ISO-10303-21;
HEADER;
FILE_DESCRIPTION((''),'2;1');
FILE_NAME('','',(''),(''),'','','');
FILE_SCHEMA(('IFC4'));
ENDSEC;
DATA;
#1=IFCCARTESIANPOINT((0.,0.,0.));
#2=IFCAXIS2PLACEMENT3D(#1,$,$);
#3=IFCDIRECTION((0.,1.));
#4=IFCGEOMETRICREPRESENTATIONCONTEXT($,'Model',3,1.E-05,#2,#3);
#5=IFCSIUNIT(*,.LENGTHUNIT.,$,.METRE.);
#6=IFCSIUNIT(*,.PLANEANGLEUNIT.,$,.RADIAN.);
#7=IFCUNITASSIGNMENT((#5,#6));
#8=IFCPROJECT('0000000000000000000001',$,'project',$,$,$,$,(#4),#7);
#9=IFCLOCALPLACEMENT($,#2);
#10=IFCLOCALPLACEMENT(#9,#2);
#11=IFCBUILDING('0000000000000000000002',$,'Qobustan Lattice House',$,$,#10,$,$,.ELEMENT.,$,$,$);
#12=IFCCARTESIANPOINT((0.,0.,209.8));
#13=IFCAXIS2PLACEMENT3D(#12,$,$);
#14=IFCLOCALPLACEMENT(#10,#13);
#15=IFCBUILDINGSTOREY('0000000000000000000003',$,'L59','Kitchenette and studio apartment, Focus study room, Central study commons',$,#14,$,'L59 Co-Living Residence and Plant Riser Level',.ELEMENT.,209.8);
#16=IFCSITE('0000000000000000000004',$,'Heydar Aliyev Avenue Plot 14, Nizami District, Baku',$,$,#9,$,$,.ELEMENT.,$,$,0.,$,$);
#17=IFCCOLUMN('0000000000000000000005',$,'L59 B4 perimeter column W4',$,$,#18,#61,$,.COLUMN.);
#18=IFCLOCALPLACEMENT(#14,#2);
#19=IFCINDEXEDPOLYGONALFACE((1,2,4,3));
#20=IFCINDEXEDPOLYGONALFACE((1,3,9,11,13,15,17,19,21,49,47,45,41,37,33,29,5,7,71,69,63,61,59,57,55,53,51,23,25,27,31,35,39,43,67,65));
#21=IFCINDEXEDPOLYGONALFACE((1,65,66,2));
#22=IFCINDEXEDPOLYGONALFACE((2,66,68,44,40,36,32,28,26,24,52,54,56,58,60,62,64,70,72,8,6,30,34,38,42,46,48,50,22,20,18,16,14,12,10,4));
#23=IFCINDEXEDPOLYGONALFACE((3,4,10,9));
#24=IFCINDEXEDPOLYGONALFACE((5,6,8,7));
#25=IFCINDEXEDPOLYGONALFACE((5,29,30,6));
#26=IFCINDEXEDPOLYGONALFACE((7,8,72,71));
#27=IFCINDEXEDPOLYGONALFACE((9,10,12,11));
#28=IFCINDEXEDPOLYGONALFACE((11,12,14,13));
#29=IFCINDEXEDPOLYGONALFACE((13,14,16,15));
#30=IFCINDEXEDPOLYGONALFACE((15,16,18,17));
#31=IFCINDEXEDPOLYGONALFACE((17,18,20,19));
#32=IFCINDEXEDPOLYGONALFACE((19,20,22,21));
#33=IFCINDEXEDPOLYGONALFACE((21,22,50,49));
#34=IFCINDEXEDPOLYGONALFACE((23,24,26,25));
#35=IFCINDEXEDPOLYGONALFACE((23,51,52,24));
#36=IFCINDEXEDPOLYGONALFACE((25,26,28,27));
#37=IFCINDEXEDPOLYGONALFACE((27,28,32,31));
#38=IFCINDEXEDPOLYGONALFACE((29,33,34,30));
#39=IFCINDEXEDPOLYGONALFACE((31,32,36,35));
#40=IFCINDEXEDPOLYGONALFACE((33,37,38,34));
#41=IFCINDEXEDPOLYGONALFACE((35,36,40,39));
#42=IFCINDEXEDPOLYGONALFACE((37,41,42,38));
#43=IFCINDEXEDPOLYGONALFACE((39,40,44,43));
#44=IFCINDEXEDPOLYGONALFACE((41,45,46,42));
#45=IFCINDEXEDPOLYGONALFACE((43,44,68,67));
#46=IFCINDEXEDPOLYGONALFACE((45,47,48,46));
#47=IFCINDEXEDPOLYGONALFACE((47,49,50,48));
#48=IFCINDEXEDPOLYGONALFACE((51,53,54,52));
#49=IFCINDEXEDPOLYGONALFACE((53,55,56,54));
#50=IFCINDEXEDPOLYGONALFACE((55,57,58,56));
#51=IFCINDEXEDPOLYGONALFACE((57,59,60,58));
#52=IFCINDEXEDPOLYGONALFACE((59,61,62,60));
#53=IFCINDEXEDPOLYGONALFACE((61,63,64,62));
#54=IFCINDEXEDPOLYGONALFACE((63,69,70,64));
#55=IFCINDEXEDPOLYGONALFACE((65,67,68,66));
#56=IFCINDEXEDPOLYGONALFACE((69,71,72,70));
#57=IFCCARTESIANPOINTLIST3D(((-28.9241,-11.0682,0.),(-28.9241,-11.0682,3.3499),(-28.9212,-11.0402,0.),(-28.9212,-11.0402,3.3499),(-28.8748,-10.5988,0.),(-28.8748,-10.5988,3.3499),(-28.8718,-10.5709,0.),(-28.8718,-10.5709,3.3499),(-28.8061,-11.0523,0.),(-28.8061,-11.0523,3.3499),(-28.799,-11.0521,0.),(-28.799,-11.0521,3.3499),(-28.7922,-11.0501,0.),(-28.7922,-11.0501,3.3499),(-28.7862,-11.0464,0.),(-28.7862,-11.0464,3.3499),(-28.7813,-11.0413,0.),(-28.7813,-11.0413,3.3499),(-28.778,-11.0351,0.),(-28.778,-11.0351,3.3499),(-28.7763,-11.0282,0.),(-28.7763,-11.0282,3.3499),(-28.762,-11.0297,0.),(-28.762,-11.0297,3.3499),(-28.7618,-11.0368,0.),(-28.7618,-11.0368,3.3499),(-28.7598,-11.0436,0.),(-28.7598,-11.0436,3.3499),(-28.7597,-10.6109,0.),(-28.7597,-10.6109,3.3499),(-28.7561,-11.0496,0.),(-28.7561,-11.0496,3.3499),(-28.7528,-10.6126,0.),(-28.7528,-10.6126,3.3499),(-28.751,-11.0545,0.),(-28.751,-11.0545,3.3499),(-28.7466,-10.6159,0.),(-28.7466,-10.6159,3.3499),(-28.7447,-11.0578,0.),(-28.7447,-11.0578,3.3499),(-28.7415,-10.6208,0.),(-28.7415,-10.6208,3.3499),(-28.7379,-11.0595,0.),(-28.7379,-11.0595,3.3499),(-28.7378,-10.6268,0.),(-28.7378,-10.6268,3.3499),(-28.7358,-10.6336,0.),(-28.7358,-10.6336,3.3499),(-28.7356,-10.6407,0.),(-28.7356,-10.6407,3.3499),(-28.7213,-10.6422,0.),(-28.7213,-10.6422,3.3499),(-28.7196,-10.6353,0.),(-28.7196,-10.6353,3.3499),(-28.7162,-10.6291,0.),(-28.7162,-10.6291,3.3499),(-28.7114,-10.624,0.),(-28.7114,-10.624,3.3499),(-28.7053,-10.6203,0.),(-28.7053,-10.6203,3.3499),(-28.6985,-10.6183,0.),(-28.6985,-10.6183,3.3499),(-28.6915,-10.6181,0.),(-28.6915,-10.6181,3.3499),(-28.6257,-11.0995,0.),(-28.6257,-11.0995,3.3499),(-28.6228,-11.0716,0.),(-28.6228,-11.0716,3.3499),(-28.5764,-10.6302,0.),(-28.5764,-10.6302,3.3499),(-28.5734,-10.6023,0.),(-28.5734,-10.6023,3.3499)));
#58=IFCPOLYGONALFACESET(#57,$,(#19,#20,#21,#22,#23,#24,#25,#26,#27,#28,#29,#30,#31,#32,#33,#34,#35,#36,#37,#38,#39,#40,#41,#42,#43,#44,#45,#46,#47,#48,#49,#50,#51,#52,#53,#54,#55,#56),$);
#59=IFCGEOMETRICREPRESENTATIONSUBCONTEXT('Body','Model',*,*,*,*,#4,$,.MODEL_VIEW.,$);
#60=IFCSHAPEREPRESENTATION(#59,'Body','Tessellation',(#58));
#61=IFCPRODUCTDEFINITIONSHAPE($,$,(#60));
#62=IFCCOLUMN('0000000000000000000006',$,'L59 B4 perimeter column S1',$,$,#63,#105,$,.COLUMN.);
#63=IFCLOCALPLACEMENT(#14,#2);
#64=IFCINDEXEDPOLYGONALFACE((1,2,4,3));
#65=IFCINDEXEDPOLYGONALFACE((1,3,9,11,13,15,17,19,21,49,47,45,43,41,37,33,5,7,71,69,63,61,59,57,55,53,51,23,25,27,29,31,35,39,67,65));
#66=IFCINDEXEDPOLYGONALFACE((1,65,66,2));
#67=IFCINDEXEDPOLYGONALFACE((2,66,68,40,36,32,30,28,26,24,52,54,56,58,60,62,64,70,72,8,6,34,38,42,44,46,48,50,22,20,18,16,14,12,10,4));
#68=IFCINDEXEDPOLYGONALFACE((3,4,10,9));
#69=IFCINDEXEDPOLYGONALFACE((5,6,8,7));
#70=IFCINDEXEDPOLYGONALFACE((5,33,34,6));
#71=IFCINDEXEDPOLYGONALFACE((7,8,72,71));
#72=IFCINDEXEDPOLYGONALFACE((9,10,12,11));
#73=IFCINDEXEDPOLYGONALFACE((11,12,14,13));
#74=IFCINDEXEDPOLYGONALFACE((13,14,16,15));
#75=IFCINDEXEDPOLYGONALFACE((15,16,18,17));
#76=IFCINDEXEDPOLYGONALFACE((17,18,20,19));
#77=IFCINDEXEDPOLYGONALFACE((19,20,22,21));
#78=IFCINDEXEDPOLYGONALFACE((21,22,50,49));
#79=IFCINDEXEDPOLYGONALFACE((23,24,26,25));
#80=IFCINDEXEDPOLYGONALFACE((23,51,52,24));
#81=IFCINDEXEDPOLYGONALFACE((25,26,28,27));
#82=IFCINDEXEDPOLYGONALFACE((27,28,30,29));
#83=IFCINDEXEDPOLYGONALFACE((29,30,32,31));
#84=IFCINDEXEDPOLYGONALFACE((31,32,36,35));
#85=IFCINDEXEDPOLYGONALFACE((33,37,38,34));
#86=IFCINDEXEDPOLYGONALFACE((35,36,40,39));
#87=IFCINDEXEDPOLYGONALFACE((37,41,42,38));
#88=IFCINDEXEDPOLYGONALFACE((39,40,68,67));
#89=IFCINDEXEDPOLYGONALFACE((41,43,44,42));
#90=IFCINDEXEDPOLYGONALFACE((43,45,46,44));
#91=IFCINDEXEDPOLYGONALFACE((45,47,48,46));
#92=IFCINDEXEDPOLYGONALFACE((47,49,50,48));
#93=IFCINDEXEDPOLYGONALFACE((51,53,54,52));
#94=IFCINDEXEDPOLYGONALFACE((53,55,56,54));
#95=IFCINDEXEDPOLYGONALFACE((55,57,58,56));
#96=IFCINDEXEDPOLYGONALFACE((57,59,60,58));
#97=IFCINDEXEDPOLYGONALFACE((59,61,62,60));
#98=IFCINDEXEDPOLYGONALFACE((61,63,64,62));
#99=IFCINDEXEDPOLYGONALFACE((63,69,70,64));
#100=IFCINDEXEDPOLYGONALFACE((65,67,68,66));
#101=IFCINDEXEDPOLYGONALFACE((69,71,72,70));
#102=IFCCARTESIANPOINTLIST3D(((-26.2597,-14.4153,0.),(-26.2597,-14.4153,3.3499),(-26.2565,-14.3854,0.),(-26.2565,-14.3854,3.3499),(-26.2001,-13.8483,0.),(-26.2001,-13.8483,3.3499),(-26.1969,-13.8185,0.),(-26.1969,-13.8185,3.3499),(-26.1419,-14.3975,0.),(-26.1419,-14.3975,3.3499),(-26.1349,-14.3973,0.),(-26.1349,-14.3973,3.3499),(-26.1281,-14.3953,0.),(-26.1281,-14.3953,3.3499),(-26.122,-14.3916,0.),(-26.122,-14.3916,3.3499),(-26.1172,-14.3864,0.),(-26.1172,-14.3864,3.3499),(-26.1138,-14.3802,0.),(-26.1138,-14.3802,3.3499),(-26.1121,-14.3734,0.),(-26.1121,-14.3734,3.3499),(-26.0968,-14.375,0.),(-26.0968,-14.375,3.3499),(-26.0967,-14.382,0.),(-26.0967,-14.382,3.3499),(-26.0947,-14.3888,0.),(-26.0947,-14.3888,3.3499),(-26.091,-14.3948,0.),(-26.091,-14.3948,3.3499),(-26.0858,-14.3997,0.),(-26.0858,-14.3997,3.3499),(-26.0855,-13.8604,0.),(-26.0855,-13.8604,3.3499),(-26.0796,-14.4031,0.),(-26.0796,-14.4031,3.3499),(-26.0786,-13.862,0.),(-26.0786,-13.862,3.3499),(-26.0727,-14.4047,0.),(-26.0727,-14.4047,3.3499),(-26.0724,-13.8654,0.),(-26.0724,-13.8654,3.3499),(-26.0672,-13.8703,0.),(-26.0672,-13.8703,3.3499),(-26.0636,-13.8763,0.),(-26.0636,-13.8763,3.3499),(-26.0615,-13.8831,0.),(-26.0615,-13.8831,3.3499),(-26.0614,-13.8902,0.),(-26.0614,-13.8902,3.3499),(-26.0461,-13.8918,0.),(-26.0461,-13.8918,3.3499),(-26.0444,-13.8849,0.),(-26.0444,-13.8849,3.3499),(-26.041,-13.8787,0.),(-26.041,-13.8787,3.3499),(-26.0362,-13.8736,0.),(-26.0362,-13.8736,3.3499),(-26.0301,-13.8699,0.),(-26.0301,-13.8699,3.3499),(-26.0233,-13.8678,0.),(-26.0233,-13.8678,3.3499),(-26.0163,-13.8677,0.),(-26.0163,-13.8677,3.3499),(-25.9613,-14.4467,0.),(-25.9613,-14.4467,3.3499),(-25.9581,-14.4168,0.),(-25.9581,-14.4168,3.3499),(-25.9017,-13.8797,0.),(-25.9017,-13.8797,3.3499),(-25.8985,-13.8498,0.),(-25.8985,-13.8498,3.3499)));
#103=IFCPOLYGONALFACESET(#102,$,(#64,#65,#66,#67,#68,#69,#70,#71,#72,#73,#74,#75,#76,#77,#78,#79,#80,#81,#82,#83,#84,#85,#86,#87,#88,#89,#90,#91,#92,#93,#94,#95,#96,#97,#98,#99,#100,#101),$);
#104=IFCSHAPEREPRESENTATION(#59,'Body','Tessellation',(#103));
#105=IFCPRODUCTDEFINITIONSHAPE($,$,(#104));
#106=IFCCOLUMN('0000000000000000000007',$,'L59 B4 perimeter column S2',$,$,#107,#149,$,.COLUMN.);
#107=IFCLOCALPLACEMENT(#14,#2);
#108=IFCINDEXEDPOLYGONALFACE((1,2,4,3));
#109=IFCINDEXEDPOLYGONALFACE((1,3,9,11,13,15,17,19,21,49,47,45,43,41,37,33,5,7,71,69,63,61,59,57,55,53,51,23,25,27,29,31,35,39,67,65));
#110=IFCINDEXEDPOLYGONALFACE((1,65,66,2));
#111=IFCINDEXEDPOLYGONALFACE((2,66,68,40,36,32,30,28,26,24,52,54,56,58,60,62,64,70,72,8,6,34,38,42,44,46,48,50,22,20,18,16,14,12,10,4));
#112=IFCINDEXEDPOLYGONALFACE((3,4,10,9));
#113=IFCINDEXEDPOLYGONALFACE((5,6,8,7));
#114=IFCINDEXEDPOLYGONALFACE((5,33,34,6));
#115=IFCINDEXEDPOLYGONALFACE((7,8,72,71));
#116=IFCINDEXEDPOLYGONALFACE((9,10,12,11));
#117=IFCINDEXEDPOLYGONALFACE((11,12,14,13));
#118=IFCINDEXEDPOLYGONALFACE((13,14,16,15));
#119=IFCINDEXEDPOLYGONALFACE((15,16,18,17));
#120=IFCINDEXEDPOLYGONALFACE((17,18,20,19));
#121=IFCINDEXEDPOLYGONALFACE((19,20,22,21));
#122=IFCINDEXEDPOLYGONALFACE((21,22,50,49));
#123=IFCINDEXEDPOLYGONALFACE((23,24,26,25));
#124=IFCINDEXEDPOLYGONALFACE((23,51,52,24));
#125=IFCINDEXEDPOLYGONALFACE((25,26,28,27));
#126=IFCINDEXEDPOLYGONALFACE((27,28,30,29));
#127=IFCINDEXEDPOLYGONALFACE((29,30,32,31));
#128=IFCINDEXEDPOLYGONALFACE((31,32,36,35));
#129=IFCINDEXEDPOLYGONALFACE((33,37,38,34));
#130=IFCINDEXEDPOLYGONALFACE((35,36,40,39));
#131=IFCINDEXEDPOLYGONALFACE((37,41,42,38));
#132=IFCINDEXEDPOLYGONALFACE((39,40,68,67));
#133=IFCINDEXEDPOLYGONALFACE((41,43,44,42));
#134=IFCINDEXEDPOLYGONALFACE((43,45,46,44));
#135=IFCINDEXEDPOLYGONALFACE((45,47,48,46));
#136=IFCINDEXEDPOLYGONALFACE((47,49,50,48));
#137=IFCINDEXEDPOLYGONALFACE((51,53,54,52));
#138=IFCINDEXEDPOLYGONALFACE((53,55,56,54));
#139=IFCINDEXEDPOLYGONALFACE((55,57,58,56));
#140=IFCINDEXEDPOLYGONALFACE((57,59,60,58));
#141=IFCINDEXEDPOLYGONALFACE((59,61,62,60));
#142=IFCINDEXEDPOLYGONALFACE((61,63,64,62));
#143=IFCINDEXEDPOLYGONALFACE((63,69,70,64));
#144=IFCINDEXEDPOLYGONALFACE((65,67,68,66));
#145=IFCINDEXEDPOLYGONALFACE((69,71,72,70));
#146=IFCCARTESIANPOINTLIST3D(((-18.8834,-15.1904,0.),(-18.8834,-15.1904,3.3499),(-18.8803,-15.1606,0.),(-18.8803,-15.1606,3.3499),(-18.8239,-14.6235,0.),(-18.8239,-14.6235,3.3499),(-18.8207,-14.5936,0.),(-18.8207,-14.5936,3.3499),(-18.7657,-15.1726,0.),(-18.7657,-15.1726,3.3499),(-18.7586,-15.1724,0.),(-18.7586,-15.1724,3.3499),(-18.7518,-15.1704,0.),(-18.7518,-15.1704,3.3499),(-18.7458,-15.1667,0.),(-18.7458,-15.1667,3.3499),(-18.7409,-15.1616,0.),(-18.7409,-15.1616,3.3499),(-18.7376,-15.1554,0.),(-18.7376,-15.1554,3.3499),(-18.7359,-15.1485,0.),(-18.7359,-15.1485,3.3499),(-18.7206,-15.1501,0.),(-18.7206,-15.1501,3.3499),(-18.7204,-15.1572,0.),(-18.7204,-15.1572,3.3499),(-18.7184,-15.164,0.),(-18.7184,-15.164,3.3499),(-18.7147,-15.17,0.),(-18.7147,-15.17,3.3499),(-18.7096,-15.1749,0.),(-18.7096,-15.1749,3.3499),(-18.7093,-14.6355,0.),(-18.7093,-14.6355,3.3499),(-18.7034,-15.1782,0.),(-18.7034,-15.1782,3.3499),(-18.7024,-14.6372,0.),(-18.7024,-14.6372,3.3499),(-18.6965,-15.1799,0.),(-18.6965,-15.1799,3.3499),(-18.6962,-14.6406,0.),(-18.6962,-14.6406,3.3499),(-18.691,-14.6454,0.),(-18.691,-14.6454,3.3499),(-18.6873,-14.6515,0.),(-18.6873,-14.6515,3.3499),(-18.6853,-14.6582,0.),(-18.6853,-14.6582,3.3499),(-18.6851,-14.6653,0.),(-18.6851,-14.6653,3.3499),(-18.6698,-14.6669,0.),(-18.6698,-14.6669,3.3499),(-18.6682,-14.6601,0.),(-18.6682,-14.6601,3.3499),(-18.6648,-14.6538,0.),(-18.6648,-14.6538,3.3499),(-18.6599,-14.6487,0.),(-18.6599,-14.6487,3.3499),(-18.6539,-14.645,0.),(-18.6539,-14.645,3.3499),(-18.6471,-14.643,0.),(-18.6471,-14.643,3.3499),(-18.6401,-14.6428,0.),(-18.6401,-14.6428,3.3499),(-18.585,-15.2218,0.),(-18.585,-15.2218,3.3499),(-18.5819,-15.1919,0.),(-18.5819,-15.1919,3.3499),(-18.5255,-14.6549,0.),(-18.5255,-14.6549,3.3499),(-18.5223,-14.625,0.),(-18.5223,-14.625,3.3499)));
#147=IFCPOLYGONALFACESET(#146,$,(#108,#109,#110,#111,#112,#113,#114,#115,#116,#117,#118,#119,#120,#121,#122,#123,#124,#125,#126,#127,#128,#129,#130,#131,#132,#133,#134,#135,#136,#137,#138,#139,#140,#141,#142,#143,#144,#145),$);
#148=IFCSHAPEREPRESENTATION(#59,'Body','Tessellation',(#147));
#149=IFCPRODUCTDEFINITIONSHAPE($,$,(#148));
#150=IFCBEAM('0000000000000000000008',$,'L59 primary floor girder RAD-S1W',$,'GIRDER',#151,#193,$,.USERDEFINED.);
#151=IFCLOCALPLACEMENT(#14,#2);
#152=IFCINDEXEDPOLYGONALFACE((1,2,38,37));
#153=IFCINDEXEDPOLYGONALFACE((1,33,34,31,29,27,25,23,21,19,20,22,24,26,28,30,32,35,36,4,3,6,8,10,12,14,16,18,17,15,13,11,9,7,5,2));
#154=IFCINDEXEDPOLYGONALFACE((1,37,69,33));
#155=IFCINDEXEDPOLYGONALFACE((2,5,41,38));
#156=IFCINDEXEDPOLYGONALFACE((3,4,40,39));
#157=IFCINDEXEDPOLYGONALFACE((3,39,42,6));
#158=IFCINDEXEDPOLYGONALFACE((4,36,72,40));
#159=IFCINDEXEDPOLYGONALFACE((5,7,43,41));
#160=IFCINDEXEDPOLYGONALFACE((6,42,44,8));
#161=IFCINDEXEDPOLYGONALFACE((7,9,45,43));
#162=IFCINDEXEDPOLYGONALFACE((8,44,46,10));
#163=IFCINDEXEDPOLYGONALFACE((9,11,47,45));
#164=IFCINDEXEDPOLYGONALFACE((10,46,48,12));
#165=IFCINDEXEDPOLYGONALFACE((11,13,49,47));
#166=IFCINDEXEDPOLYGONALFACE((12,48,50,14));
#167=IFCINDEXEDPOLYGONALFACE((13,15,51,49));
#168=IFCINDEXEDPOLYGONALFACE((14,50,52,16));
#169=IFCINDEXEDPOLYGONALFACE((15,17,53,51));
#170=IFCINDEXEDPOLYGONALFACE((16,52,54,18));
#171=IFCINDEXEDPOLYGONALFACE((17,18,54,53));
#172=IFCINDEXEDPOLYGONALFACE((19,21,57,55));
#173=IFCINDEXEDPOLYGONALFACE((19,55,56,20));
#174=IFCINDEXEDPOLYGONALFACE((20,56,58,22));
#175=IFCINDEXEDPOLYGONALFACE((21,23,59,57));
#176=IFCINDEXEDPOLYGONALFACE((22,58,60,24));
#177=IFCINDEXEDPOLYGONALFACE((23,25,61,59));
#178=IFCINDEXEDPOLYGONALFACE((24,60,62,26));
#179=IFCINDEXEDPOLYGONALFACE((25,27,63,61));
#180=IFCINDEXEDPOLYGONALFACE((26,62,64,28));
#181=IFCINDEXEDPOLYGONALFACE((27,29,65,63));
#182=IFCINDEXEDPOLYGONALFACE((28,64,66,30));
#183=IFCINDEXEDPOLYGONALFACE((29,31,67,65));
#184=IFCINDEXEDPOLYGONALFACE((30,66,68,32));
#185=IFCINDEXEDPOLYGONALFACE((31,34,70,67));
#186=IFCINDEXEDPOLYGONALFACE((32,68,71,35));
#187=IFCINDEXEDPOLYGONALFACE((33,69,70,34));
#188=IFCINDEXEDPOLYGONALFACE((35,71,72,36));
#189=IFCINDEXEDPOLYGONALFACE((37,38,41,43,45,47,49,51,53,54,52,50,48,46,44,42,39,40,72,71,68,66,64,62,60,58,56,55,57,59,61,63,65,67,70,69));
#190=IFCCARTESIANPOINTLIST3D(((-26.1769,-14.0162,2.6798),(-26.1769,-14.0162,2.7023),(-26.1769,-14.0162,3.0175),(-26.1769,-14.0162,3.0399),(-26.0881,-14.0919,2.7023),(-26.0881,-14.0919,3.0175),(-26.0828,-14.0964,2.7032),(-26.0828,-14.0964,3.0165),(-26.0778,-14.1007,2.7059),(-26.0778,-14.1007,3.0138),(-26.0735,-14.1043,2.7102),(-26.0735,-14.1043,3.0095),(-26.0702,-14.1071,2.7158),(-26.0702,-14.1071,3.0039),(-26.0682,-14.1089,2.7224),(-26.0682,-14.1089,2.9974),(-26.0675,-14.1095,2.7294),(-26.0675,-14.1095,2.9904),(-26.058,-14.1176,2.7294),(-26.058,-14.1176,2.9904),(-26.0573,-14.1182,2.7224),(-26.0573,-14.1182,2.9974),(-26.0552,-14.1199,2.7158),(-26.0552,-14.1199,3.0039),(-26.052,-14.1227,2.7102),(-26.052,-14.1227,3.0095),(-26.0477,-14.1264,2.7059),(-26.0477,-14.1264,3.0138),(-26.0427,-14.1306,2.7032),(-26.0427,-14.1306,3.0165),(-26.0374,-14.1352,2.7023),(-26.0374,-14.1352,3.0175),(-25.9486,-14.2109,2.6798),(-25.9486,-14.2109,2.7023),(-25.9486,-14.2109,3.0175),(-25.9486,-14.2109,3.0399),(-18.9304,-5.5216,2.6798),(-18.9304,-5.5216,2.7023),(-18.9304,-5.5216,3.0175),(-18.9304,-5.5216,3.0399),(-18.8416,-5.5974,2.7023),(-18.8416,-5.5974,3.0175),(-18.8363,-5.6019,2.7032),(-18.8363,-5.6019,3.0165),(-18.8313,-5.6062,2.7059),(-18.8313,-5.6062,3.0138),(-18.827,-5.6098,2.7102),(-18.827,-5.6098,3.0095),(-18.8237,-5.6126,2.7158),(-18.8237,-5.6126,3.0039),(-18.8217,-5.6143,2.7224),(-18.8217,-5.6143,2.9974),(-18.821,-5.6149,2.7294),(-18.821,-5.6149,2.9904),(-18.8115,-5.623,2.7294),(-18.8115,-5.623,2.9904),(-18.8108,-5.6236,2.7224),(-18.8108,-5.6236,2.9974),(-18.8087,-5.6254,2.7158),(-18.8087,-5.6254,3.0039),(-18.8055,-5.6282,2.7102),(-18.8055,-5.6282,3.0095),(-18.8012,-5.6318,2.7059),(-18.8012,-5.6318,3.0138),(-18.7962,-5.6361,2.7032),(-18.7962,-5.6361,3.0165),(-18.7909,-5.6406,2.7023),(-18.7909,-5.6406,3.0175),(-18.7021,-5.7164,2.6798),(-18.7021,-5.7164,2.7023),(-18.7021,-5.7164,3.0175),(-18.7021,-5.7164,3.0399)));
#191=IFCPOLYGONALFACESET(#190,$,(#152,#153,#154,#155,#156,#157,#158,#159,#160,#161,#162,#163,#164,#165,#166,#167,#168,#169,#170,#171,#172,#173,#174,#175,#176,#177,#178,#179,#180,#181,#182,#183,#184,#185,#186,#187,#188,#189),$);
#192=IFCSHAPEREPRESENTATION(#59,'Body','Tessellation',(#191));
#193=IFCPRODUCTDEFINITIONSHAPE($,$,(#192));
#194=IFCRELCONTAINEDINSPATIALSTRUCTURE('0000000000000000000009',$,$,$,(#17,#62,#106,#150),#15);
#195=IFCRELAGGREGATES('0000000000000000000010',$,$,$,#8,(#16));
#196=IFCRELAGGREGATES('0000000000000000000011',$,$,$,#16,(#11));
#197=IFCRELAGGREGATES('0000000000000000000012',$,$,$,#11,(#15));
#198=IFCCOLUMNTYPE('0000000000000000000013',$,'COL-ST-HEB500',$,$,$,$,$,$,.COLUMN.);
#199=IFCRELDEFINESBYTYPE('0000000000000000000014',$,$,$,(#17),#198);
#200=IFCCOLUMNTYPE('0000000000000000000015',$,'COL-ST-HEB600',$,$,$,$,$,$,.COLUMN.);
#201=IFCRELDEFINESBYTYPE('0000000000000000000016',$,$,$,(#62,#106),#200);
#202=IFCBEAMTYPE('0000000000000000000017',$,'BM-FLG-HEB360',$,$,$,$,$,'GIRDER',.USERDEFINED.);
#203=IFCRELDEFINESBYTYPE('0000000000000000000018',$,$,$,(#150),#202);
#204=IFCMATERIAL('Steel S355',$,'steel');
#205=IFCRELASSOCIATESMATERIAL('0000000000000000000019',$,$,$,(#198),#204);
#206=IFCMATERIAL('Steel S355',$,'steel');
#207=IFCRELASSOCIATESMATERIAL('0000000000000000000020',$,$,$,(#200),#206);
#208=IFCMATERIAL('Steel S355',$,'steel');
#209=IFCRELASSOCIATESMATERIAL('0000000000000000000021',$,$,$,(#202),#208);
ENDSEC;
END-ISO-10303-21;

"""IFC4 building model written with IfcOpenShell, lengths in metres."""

from ifc_helpers import new_model, si_unit, direction, frame, origin, origin_2d, place, context, subcontext, project, spatial, i_section, extrude, material, material_profile, profile_set, type_object, element, save


model = new_model("IFC4")

# Units and contexts
model_context = context("Model", 3, precision=1e-05, world=origin(), true_north=direction((0.0, 1.0)))
body_context = subcontext(model_context, "Body", "Model", "MODEL_VIEW")
ifc_project = project(units=[si_unit("LENGTHUNIT", "METRE"), si_unit("PLANEANGLEUNIT", "RADIAN")], contexts=[model_context])

# Site, building, storey
site_placement = place(None, origin())
site = spatial("IfcSite", under=ifc_project, at=site_placement, Name="Heydar Aliyev Avenue Plot 14, Nizami District, Baku", CompositionType="ELEMENT", RefElevation=0.0)
building_placement = place(site_placement, origin())
building = spatial("IfcBuilding", under=site, at=building_placement, Name="Qobustan Lattice House", CompositionType="ELEMENT")
storey_placement = place(building_placement, frame((0.0, 0.0, 209.8)))
storey = spatial("IfcBuildingStorey", under=building, at=storey_placement, Name="L59", Description="Kitchenette and studio apartment, Focus study room, Central study commons", LongName="L59 Co-Living Residence and Plant Riser Level", CompositionType="ELEMENT", Elevation=209.8)

# Columns
ifc_material_1 = material(Name="Steel S355", Category="steel")
ifc_material_profile_1 = material_profile(ifc_material_1, i_section(OverallWidth=0.3, OverallDepth=0.5, WebThickness=0.0144, FlangeThickness=0.0281, FilletRadius=0.0271, at=origin_2d()), Name="HEB500")
ifc_profile_set_1 = profile_set([ifc_material_profile_1], Name="Steel S355")
column_type_1 = type_object("IfcColumnType", Name="COL-ST-HEB500", PredefinedType="COLUMN", material=ifc_profile_set_1)
column_placement = place(storey_placement, frame((-28.7488, -10.8352, 0.0), z_axis=(0.0, 0.0, 1.0), x_axis=(0.994522, -0.104528, 0.0)))
element("IfcColumn", 1, at=column_placement, inside=storey, type_object=column_type_1, Name="L59 B4 perimeter column W4", PredefinedType="COLUMN", context=body_context, shape_type="SweptSolid", body=[
    extrude(i_section(OverallWidth=0.3, OverallDepth=0.5, WebThickness=0.0144, FlangeThickness=0.0281, FilletRadius=0.0271, at=origin_2d()), origin(), (0.0, 0.0, 1.0), 3.3499),
])
ifc_material_2 = material(Name="Steel S355", Category="steel")
ifc_material_profile_2 = material_profile(ifc_material_2, i_section(OverallWidth=0.3, OverallDepth=0.6001, WebThickness=0.0154, FlangeThickness=0.03, FilletRadius=0.0271, at=origin_2d()), Name="HEB600")
ifc_profile_set_2 = profile_set([ifc_material_profile_2], Name="Steel S355")
column_type_2 = type_object("IfcColumnType", Name="COL-ST-HEB600", PredefinedType="COLUMN", material=ifc_profile_set_2)
for number, where, z_axis, x_axis, name in (
    (2, (-26.0791, -14.1326, 0.0), (0.0, 0.0, 1.0), (0.994522, -0.104528, 0.0), "L59 B4 perimeter column S1"),
    (3, (-18.7029, -14.9077, 0.0), (0.0, 0.0, 1.0), (0.994522, -0.104528, 0.0), "L59 B4 perimeter column S2"),
):
    element("IfcColumn", number, at=place(storey_placement, frame(where, z_axis=z_axis, x_axis=x_axis)), inside=storey, type_object=column_type_2, Name=name, PredefinedType="COLUMN", context=body_context, shape_type="SweptSolid", body=[
        extrude(i_section(OverallWidth=0.3, OverallDepth=0.6001, WebThickness=0.0154, FlangeThickness=0.03, FilletRadius=0.0271, at=origin_2d()), origin(), (0.0, 0.0, 1.0), 3.3499),
    ])

# Beam
ifc_material_3 = material(Name="Steel S355", Category="steel")
ifc_material_profile_3 = material_profile(ifc_material_3, i_section(OverallWidth=0.3, OverallDepth=0.3601, WebThickness=0.0125, FlangeThickness=0.0225, FilletRadius=0.0271, at=origin_2d()), Name="HEB360")
ifc_profile_set_3 = profile_set([ifc_material_profile_3], Name="Steel S355")
beam_type_1 = type_object("IfcBeamType", Name="BM-FLG-HEB360", ElementType="GIRDER", PredefinedType="USERDEFINED", material=ifc_profile_set_3)
beam_1_placement = place(storey_placement, frame((-26.0627, -14.1135, 2.8599), z_axis=(0.649007, 0.760783, 0.0), x_axis=(-0.760783, 0.649007, 0.0)))
element("IfcBeam", 4, at=beam_1_placement, inside=storey, type_object=beam_type_1, Name="L59 primary floor girder RAD-S1W", ObjectType="GIRDER", PredefinedType="USERDEFINED", context=body_context, shape_type="SweptSolid", body=[
    extrude(i_section(OverallWidth=0.3, OverallDepth=0.3601, WebThickness=0.0125, FlangeThickness=0.0225, FilletRadius=0.0271, at=origin_2d()), origin(), (0.0, 0.0, 1.0), 11.1655),
])

save(model, "model.ifc")
